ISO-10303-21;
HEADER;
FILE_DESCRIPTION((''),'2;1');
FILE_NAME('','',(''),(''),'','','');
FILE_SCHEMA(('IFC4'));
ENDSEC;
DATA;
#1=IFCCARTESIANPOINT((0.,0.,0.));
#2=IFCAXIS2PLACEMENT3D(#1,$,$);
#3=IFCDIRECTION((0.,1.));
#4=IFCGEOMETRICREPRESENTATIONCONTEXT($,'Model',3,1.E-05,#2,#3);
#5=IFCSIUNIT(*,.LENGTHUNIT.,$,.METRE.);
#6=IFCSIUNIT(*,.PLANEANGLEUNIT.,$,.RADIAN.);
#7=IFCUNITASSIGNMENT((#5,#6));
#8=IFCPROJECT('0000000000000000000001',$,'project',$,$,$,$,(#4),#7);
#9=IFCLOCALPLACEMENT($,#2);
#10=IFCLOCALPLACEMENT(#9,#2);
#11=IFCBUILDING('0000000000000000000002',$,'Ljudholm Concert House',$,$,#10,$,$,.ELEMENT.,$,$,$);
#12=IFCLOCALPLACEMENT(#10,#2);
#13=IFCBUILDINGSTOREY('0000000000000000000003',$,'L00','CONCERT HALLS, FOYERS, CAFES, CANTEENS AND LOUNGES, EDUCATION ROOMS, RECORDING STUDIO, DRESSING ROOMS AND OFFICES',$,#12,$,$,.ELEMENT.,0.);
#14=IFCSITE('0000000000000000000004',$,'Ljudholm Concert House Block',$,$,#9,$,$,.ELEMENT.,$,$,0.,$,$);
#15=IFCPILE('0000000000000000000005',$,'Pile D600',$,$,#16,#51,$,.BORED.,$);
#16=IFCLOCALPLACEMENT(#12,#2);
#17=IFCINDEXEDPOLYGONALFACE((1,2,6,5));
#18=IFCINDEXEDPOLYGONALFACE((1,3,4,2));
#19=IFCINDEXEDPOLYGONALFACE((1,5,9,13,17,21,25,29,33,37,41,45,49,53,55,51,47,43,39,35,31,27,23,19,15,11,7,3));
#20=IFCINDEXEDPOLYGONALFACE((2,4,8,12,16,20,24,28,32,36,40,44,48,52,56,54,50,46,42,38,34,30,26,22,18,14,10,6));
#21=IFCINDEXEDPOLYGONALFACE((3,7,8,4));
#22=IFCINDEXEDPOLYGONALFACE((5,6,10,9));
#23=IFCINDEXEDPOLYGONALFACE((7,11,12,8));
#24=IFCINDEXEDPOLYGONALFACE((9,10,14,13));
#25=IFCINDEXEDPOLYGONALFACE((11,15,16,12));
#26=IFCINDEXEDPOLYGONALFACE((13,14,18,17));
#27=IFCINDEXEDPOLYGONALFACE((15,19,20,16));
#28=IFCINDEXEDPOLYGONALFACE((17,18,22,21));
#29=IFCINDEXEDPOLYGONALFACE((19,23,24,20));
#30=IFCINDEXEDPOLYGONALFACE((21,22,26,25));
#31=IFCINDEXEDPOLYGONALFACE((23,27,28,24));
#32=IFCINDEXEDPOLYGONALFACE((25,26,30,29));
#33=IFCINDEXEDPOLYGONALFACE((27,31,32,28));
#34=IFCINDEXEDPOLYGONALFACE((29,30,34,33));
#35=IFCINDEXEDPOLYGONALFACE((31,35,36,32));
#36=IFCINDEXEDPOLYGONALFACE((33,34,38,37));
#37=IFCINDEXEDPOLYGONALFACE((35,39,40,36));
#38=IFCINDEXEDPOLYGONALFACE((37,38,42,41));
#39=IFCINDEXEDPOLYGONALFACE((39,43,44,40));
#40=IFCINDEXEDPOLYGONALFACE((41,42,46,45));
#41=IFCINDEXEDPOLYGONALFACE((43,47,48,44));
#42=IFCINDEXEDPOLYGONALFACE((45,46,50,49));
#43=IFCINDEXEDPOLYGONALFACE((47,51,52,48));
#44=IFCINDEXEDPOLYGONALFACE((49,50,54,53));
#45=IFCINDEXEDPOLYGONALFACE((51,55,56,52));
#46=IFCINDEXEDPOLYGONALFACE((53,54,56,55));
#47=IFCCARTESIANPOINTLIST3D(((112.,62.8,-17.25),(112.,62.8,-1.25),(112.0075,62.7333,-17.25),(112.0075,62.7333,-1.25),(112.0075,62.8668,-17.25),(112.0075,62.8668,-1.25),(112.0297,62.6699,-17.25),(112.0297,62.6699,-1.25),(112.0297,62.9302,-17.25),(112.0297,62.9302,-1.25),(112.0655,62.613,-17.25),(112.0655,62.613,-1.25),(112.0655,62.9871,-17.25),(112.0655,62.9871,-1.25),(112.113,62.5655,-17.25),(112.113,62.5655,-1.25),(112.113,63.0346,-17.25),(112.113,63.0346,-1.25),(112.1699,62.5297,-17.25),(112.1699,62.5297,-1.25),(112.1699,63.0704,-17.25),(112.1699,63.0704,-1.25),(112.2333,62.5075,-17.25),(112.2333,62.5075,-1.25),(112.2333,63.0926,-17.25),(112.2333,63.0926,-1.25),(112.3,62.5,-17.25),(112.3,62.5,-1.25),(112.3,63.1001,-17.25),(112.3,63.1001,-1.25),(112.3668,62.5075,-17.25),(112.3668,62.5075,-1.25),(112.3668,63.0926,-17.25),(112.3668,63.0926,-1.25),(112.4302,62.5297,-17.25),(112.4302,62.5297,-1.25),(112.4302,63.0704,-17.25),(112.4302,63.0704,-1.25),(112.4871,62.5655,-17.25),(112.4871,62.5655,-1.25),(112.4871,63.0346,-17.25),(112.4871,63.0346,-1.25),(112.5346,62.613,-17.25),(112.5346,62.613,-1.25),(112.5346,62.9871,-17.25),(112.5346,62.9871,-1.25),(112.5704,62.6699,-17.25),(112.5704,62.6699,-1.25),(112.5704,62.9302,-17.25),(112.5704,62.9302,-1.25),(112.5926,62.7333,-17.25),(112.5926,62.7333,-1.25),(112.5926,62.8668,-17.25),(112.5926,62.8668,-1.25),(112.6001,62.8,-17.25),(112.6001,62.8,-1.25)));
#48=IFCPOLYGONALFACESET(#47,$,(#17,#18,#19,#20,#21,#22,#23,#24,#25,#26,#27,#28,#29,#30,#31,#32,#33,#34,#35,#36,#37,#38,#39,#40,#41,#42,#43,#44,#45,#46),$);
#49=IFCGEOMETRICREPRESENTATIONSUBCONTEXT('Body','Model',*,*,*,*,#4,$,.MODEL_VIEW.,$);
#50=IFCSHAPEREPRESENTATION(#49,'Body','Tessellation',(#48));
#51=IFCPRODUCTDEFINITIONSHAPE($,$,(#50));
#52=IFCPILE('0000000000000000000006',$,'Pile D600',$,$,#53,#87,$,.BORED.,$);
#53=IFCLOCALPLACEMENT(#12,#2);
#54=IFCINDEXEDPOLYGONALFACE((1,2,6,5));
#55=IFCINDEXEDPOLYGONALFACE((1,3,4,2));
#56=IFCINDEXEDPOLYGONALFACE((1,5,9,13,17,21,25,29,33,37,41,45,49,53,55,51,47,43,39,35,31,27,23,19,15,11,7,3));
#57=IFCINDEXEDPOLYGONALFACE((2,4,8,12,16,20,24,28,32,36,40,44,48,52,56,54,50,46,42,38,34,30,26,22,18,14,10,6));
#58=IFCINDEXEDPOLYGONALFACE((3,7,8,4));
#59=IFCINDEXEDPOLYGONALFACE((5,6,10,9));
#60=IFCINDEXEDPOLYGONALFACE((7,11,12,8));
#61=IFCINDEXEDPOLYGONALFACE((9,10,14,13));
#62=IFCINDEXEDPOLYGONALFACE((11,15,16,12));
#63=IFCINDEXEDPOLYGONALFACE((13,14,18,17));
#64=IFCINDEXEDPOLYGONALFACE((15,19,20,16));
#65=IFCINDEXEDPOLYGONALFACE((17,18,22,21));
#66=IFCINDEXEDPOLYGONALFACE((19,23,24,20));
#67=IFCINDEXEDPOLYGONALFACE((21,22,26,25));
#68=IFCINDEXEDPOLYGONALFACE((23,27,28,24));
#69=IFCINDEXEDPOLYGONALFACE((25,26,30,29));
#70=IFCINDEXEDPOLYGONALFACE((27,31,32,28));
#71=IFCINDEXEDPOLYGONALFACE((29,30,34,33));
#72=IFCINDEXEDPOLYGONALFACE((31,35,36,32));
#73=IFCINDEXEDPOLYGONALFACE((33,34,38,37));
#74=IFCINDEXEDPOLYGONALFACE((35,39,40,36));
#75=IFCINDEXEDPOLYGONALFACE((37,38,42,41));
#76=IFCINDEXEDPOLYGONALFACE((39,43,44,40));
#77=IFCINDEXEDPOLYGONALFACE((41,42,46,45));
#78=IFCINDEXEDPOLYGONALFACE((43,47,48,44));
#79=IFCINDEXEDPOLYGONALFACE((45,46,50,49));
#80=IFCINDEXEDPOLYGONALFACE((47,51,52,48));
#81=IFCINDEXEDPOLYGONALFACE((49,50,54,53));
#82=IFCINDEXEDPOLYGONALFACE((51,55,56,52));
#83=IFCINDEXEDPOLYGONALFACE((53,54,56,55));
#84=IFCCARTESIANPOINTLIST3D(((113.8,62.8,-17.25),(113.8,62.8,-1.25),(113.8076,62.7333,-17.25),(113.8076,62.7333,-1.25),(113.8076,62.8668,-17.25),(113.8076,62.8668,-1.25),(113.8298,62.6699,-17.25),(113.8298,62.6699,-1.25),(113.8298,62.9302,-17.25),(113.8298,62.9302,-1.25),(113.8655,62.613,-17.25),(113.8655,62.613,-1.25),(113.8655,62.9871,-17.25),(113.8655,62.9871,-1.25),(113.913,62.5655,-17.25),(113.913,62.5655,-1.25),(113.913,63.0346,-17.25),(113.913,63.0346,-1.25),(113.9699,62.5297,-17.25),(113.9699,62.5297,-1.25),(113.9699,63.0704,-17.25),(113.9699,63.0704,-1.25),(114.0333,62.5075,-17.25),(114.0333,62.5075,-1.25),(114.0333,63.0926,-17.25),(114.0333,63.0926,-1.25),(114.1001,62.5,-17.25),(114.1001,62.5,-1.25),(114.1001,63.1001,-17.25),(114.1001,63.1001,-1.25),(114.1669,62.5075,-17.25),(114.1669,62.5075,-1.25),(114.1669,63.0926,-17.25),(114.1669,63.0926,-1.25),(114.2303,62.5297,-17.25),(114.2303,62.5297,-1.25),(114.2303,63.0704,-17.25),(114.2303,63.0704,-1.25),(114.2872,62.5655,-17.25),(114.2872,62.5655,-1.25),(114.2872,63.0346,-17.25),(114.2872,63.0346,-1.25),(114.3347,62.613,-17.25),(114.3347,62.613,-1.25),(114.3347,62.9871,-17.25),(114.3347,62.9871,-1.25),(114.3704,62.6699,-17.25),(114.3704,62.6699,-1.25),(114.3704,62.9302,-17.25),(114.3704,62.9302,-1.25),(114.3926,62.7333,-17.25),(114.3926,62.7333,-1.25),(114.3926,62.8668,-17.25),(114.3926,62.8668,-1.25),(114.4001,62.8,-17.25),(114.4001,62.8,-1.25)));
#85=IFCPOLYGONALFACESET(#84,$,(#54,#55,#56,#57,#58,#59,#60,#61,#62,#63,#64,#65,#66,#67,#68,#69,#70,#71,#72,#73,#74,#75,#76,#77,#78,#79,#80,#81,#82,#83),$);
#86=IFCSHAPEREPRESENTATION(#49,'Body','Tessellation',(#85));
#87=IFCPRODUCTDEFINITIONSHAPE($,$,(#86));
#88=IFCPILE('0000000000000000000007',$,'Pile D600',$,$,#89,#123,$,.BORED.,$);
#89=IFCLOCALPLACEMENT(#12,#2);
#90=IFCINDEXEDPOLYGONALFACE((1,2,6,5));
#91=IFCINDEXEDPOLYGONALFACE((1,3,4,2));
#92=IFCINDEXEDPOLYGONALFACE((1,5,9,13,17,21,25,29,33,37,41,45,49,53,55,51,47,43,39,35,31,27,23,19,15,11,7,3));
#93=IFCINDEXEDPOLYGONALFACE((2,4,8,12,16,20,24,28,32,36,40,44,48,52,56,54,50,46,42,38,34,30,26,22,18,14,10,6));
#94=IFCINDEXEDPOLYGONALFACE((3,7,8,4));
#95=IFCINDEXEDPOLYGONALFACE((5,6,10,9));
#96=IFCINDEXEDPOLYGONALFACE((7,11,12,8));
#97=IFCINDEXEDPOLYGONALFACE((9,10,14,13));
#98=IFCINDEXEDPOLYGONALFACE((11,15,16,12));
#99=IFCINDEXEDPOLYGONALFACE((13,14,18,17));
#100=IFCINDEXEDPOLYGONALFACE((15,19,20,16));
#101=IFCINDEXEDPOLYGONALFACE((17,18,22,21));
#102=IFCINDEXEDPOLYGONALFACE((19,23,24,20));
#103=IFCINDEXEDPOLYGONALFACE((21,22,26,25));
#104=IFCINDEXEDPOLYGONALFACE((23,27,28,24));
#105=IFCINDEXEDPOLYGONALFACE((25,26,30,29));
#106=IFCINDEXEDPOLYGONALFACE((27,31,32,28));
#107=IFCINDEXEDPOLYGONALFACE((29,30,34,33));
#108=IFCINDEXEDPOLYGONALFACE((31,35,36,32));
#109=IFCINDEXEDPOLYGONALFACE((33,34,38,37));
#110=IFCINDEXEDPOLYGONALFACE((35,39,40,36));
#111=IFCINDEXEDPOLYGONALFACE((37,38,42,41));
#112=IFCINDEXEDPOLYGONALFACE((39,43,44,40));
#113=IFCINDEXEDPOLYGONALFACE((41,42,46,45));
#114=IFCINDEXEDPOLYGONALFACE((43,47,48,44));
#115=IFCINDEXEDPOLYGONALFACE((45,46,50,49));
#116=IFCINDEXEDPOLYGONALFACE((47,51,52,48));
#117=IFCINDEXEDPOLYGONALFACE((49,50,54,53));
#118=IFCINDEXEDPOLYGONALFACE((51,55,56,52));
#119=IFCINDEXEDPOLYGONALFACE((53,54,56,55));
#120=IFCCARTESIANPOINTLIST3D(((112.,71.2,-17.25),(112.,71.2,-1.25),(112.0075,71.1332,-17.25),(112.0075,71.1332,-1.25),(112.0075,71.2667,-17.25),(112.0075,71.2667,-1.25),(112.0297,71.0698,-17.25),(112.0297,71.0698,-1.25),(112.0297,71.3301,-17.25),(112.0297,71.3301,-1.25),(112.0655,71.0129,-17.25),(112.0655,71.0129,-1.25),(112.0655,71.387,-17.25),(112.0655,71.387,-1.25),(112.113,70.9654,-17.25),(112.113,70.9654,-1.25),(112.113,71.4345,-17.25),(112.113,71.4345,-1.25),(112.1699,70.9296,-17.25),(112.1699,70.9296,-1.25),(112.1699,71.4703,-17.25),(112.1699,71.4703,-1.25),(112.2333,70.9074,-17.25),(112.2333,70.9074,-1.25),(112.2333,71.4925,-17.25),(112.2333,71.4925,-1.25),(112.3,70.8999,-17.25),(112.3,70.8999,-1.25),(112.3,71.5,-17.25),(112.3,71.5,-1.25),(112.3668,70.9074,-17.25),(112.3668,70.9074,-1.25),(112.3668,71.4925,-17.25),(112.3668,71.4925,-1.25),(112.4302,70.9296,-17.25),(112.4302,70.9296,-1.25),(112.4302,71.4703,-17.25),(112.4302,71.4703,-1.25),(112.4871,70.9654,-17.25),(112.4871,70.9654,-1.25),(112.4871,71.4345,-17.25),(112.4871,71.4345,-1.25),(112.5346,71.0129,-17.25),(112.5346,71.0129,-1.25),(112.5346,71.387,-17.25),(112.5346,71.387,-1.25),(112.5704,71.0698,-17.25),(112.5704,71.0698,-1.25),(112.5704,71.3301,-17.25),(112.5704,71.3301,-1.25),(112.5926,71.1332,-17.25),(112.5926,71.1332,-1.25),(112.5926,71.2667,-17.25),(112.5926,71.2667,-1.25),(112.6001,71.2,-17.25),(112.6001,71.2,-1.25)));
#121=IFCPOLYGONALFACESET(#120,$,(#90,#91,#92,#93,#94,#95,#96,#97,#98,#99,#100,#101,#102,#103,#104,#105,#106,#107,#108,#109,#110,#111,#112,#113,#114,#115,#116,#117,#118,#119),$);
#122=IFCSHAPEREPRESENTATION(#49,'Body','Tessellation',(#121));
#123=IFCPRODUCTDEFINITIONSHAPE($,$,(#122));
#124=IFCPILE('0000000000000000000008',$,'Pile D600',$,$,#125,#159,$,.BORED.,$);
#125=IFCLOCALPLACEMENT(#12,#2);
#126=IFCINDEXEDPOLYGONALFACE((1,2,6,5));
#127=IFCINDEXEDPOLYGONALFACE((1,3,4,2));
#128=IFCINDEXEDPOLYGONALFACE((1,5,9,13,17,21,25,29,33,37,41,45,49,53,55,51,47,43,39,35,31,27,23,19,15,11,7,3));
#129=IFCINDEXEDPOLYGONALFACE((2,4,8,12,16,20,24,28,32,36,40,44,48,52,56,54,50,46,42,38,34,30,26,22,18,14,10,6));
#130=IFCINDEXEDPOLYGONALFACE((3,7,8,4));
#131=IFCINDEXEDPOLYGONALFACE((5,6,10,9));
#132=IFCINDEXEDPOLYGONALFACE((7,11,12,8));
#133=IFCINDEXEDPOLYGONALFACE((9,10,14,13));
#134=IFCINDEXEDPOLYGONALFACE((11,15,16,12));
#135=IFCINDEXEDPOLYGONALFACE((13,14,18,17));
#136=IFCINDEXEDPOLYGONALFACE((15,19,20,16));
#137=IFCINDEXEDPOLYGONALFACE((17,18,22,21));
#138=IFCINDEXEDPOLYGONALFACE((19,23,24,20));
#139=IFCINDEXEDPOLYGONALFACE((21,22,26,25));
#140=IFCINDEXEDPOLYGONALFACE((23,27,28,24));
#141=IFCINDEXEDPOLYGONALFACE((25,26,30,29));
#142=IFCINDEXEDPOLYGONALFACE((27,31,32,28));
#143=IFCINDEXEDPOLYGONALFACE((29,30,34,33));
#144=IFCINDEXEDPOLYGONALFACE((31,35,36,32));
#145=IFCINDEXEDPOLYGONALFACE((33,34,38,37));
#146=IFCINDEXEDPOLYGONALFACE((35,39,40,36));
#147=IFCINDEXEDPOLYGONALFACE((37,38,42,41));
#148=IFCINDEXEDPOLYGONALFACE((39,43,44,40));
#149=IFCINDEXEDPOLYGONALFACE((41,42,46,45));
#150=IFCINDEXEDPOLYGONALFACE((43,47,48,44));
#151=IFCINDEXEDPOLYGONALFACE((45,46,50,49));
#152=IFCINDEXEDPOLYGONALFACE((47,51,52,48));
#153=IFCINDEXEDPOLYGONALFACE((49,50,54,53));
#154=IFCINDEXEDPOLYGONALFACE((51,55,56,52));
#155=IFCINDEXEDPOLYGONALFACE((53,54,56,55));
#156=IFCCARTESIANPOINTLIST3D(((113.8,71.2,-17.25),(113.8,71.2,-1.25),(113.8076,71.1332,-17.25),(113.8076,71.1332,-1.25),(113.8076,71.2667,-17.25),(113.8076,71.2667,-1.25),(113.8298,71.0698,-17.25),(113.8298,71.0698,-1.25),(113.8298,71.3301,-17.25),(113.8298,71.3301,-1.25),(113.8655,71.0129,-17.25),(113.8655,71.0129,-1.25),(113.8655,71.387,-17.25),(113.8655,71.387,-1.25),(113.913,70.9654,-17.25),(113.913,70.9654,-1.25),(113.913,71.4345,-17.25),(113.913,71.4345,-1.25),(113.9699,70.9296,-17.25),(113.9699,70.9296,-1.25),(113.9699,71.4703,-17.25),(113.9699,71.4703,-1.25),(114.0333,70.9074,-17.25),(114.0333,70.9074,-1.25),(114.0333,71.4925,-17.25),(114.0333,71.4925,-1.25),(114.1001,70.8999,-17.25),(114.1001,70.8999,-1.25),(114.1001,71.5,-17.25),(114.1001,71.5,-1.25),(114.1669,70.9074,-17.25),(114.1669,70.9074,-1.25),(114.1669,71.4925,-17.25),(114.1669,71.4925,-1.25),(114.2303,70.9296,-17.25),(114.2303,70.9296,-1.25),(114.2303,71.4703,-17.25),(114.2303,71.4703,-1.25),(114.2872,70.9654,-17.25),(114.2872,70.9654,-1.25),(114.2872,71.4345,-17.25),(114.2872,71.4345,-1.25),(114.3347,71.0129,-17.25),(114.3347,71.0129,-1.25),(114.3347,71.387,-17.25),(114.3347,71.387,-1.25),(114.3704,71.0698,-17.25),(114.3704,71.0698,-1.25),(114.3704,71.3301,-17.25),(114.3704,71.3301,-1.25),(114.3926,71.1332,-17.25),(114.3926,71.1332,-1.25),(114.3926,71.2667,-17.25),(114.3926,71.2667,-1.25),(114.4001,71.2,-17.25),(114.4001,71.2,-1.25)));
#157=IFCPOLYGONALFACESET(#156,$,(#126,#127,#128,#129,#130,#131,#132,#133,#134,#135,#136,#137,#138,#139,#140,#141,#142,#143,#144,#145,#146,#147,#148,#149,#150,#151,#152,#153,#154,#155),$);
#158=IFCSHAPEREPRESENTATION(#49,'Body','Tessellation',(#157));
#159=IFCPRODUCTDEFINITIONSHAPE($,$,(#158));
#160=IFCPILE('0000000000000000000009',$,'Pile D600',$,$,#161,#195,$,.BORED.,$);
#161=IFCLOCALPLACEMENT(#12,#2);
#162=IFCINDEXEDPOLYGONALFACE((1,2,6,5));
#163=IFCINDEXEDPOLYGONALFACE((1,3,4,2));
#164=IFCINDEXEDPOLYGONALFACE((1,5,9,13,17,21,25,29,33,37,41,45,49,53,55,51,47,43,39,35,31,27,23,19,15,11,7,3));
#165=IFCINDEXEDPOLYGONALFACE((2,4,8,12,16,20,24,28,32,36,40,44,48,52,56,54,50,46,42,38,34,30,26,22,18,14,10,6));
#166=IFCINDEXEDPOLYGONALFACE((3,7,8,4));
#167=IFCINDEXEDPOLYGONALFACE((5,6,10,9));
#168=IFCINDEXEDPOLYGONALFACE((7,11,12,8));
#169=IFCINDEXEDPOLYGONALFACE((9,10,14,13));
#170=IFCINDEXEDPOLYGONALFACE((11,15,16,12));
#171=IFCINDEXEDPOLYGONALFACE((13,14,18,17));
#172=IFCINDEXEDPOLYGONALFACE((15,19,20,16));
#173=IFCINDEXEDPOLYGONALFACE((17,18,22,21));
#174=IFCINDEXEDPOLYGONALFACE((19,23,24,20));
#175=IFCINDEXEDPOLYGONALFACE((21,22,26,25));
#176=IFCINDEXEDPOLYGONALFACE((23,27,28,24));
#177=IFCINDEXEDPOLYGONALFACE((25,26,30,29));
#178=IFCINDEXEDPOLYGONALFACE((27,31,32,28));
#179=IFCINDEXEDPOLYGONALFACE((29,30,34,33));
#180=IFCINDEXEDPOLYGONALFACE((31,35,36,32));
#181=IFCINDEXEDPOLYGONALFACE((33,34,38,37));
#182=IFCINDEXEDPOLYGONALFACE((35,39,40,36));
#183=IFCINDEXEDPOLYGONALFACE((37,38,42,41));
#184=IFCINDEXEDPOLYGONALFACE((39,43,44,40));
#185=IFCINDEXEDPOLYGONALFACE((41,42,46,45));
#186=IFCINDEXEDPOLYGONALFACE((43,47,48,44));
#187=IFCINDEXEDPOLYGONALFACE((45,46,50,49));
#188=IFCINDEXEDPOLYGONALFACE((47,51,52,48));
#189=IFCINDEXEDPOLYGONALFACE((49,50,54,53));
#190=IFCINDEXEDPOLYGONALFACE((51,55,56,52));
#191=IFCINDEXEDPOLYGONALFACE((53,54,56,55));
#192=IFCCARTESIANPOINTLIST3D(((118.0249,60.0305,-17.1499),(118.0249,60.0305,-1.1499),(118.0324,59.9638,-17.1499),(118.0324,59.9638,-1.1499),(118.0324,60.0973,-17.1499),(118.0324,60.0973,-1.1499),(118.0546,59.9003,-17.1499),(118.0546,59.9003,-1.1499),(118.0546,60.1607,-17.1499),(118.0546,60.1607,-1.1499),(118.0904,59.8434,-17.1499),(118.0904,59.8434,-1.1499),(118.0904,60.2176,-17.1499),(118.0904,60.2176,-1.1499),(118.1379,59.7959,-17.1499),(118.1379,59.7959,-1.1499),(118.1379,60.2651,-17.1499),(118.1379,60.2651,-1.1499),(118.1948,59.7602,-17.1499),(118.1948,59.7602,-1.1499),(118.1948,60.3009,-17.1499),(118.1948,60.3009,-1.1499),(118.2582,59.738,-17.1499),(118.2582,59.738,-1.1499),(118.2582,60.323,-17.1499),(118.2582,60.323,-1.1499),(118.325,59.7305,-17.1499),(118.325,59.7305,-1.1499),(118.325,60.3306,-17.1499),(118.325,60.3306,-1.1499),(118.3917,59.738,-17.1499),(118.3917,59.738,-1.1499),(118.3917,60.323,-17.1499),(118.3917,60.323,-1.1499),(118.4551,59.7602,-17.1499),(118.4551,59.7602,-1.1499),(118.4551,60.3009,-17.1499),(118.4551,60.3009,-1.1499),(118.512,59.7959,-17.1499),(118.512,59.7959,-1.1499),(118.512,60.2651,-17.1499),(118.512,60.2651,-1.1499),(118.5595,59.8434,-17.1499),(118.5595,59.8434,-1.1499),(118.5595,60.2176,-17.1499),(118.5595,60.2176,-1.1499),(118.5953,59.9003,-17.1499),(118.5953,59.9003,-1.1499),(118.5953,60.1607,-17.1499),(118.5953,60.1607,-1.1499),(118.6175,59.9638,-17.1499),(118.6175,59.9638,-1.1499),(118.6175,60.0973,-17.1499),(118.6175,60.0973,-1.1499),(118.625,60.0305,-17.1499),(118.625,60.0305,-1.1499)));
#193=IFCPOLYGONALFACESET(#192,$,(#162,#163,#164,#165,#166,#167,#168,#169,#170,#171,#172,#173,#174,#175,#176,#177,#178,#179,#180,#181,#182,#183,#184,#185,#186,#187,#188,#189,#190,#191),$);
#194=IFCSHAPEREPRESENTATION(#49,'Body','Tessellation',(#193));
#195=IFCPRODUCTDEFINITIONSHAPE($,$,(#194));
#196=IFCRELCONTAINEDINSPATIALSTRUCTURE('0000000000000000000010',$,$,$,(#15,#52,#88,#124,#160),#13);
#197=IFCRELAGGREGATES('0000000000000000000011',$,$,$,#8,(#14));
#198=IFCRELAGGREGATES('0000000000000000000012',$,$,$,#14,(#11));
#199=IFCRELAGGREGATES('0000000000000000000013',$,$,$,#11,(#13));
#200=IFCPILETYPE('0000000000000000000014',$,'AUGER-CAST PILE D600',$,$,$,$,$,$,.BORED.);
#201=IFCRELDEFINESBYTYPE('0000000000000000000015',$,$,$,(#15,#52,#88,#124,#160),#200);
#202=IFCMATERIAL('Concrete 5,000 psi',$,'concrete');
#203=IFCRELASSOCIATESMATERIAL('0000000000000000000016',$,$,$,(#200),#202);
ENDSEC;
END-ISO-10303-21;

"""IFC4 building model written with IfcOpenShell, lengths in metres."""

from ifc_helpers import new_model, si_unit, direction, frame, origin, origin_2d, place, context, subcontext, project, spatial, circle, extrude, material, material_profile, profile_set, type_object, element, save


model = new_model("IFC4")

# Units and contexts
model_context = context("Model", 3, precision=1e-05, world=origin(), true_north=direction((0.0, 1.0)))
body_context = subcontext(model_context, "Body", "Model", "MODEL_VIEW")
ifc_project = project(units=[si_unit("LENGTHUNIT", "METRE"), si_unit("PLANEANGLEUNIT", "RADIAN")], contexts=[model_context])

# Site, building, storey
site_placement = place(None, origin())
site = spatial("IfcSite", under=ifc_project, at=site_placement, Name="Ljudholm Concert House Block", CompositionType="ELEMENT", RefElevation=0.0)
building_placement = place(site_placement, origin())
building = spatial("IfcBuilding", under=site, at=building_placement, Name="Ljudholm Concert House", CompositionType="ELEMENT")
storey_placement = place(building_placement, origin())
storey = spatial("IfcBuildingStorey", under=building, at=storey_placement, Name="L00", Description="CONCERT HALLS, FOYERS, CAFES, CANTEENS AND LOUNGES, EDUCATION ROOMS, RECORDING STUDIO, DRESSING ROOMS AND OFFICES", CompositionType="ELEMENT", Elevation=0.0)

# Piles
ifc_material_1 = material(Name="Concrete 5,000 psi", Category="concrete")
ifc_material_profile_1 = material_profile(ifc_material_1, circle(Radius=0.3, at=origin_2d()), Name="AUGER-CAST PILE D600")
ifc_profile_set_1 = profile_set([ifc_material_profile_1], Name="Concrete 5,000 psi")
pile_type = type_object("IfcPileType", Name="AUGER-CAST PILE D600", PredefinedType="BORED", material=ifc_profile_set_1)
for number, where, z_axis, x_axis, name in (
    (1, (112.3, 62.8, -1.25), (0.0, 0.0, -1.0), (1.0, 0.0, 0.0), "Pile D600"),
    (2, (114.1001, 62.8, -1.25), (0.0, 0.0, -1.0), (1.0, 0.0, 0.0), "Pile D600"),
    (3, (112.3, 71.2, -1.25), (0.0, 0.0, -1.0), (1.0, 0.0, 0.0), "Pile D600"),
    (4, (114.1001, 71.2, -1.25), (0.0, 0.0, -1.0), (1.0, 0.0, 0.0), "Pile D600"),
    (5, (118.325, 60.0305, -1.1499), (0.0, 0.0, -1.0), (1.0, 0.0, 0.0), "Pile D600"),
):
    element("IfcPile", number, at=place(storey_placement, frame(where, z_axis=z_axis, x_axis=x_axis)), inside=storey, type_object=pile_type, Name=name, PredefinedType="BORED", context=body_context, shape_type="SweptSolid", body=[
        extrude(circle(Radius=0.3, at=origin_2d()), origin(), (0.0, 0.0, 1.0), 16.0),
    ])

save(model, "model.ifc")
